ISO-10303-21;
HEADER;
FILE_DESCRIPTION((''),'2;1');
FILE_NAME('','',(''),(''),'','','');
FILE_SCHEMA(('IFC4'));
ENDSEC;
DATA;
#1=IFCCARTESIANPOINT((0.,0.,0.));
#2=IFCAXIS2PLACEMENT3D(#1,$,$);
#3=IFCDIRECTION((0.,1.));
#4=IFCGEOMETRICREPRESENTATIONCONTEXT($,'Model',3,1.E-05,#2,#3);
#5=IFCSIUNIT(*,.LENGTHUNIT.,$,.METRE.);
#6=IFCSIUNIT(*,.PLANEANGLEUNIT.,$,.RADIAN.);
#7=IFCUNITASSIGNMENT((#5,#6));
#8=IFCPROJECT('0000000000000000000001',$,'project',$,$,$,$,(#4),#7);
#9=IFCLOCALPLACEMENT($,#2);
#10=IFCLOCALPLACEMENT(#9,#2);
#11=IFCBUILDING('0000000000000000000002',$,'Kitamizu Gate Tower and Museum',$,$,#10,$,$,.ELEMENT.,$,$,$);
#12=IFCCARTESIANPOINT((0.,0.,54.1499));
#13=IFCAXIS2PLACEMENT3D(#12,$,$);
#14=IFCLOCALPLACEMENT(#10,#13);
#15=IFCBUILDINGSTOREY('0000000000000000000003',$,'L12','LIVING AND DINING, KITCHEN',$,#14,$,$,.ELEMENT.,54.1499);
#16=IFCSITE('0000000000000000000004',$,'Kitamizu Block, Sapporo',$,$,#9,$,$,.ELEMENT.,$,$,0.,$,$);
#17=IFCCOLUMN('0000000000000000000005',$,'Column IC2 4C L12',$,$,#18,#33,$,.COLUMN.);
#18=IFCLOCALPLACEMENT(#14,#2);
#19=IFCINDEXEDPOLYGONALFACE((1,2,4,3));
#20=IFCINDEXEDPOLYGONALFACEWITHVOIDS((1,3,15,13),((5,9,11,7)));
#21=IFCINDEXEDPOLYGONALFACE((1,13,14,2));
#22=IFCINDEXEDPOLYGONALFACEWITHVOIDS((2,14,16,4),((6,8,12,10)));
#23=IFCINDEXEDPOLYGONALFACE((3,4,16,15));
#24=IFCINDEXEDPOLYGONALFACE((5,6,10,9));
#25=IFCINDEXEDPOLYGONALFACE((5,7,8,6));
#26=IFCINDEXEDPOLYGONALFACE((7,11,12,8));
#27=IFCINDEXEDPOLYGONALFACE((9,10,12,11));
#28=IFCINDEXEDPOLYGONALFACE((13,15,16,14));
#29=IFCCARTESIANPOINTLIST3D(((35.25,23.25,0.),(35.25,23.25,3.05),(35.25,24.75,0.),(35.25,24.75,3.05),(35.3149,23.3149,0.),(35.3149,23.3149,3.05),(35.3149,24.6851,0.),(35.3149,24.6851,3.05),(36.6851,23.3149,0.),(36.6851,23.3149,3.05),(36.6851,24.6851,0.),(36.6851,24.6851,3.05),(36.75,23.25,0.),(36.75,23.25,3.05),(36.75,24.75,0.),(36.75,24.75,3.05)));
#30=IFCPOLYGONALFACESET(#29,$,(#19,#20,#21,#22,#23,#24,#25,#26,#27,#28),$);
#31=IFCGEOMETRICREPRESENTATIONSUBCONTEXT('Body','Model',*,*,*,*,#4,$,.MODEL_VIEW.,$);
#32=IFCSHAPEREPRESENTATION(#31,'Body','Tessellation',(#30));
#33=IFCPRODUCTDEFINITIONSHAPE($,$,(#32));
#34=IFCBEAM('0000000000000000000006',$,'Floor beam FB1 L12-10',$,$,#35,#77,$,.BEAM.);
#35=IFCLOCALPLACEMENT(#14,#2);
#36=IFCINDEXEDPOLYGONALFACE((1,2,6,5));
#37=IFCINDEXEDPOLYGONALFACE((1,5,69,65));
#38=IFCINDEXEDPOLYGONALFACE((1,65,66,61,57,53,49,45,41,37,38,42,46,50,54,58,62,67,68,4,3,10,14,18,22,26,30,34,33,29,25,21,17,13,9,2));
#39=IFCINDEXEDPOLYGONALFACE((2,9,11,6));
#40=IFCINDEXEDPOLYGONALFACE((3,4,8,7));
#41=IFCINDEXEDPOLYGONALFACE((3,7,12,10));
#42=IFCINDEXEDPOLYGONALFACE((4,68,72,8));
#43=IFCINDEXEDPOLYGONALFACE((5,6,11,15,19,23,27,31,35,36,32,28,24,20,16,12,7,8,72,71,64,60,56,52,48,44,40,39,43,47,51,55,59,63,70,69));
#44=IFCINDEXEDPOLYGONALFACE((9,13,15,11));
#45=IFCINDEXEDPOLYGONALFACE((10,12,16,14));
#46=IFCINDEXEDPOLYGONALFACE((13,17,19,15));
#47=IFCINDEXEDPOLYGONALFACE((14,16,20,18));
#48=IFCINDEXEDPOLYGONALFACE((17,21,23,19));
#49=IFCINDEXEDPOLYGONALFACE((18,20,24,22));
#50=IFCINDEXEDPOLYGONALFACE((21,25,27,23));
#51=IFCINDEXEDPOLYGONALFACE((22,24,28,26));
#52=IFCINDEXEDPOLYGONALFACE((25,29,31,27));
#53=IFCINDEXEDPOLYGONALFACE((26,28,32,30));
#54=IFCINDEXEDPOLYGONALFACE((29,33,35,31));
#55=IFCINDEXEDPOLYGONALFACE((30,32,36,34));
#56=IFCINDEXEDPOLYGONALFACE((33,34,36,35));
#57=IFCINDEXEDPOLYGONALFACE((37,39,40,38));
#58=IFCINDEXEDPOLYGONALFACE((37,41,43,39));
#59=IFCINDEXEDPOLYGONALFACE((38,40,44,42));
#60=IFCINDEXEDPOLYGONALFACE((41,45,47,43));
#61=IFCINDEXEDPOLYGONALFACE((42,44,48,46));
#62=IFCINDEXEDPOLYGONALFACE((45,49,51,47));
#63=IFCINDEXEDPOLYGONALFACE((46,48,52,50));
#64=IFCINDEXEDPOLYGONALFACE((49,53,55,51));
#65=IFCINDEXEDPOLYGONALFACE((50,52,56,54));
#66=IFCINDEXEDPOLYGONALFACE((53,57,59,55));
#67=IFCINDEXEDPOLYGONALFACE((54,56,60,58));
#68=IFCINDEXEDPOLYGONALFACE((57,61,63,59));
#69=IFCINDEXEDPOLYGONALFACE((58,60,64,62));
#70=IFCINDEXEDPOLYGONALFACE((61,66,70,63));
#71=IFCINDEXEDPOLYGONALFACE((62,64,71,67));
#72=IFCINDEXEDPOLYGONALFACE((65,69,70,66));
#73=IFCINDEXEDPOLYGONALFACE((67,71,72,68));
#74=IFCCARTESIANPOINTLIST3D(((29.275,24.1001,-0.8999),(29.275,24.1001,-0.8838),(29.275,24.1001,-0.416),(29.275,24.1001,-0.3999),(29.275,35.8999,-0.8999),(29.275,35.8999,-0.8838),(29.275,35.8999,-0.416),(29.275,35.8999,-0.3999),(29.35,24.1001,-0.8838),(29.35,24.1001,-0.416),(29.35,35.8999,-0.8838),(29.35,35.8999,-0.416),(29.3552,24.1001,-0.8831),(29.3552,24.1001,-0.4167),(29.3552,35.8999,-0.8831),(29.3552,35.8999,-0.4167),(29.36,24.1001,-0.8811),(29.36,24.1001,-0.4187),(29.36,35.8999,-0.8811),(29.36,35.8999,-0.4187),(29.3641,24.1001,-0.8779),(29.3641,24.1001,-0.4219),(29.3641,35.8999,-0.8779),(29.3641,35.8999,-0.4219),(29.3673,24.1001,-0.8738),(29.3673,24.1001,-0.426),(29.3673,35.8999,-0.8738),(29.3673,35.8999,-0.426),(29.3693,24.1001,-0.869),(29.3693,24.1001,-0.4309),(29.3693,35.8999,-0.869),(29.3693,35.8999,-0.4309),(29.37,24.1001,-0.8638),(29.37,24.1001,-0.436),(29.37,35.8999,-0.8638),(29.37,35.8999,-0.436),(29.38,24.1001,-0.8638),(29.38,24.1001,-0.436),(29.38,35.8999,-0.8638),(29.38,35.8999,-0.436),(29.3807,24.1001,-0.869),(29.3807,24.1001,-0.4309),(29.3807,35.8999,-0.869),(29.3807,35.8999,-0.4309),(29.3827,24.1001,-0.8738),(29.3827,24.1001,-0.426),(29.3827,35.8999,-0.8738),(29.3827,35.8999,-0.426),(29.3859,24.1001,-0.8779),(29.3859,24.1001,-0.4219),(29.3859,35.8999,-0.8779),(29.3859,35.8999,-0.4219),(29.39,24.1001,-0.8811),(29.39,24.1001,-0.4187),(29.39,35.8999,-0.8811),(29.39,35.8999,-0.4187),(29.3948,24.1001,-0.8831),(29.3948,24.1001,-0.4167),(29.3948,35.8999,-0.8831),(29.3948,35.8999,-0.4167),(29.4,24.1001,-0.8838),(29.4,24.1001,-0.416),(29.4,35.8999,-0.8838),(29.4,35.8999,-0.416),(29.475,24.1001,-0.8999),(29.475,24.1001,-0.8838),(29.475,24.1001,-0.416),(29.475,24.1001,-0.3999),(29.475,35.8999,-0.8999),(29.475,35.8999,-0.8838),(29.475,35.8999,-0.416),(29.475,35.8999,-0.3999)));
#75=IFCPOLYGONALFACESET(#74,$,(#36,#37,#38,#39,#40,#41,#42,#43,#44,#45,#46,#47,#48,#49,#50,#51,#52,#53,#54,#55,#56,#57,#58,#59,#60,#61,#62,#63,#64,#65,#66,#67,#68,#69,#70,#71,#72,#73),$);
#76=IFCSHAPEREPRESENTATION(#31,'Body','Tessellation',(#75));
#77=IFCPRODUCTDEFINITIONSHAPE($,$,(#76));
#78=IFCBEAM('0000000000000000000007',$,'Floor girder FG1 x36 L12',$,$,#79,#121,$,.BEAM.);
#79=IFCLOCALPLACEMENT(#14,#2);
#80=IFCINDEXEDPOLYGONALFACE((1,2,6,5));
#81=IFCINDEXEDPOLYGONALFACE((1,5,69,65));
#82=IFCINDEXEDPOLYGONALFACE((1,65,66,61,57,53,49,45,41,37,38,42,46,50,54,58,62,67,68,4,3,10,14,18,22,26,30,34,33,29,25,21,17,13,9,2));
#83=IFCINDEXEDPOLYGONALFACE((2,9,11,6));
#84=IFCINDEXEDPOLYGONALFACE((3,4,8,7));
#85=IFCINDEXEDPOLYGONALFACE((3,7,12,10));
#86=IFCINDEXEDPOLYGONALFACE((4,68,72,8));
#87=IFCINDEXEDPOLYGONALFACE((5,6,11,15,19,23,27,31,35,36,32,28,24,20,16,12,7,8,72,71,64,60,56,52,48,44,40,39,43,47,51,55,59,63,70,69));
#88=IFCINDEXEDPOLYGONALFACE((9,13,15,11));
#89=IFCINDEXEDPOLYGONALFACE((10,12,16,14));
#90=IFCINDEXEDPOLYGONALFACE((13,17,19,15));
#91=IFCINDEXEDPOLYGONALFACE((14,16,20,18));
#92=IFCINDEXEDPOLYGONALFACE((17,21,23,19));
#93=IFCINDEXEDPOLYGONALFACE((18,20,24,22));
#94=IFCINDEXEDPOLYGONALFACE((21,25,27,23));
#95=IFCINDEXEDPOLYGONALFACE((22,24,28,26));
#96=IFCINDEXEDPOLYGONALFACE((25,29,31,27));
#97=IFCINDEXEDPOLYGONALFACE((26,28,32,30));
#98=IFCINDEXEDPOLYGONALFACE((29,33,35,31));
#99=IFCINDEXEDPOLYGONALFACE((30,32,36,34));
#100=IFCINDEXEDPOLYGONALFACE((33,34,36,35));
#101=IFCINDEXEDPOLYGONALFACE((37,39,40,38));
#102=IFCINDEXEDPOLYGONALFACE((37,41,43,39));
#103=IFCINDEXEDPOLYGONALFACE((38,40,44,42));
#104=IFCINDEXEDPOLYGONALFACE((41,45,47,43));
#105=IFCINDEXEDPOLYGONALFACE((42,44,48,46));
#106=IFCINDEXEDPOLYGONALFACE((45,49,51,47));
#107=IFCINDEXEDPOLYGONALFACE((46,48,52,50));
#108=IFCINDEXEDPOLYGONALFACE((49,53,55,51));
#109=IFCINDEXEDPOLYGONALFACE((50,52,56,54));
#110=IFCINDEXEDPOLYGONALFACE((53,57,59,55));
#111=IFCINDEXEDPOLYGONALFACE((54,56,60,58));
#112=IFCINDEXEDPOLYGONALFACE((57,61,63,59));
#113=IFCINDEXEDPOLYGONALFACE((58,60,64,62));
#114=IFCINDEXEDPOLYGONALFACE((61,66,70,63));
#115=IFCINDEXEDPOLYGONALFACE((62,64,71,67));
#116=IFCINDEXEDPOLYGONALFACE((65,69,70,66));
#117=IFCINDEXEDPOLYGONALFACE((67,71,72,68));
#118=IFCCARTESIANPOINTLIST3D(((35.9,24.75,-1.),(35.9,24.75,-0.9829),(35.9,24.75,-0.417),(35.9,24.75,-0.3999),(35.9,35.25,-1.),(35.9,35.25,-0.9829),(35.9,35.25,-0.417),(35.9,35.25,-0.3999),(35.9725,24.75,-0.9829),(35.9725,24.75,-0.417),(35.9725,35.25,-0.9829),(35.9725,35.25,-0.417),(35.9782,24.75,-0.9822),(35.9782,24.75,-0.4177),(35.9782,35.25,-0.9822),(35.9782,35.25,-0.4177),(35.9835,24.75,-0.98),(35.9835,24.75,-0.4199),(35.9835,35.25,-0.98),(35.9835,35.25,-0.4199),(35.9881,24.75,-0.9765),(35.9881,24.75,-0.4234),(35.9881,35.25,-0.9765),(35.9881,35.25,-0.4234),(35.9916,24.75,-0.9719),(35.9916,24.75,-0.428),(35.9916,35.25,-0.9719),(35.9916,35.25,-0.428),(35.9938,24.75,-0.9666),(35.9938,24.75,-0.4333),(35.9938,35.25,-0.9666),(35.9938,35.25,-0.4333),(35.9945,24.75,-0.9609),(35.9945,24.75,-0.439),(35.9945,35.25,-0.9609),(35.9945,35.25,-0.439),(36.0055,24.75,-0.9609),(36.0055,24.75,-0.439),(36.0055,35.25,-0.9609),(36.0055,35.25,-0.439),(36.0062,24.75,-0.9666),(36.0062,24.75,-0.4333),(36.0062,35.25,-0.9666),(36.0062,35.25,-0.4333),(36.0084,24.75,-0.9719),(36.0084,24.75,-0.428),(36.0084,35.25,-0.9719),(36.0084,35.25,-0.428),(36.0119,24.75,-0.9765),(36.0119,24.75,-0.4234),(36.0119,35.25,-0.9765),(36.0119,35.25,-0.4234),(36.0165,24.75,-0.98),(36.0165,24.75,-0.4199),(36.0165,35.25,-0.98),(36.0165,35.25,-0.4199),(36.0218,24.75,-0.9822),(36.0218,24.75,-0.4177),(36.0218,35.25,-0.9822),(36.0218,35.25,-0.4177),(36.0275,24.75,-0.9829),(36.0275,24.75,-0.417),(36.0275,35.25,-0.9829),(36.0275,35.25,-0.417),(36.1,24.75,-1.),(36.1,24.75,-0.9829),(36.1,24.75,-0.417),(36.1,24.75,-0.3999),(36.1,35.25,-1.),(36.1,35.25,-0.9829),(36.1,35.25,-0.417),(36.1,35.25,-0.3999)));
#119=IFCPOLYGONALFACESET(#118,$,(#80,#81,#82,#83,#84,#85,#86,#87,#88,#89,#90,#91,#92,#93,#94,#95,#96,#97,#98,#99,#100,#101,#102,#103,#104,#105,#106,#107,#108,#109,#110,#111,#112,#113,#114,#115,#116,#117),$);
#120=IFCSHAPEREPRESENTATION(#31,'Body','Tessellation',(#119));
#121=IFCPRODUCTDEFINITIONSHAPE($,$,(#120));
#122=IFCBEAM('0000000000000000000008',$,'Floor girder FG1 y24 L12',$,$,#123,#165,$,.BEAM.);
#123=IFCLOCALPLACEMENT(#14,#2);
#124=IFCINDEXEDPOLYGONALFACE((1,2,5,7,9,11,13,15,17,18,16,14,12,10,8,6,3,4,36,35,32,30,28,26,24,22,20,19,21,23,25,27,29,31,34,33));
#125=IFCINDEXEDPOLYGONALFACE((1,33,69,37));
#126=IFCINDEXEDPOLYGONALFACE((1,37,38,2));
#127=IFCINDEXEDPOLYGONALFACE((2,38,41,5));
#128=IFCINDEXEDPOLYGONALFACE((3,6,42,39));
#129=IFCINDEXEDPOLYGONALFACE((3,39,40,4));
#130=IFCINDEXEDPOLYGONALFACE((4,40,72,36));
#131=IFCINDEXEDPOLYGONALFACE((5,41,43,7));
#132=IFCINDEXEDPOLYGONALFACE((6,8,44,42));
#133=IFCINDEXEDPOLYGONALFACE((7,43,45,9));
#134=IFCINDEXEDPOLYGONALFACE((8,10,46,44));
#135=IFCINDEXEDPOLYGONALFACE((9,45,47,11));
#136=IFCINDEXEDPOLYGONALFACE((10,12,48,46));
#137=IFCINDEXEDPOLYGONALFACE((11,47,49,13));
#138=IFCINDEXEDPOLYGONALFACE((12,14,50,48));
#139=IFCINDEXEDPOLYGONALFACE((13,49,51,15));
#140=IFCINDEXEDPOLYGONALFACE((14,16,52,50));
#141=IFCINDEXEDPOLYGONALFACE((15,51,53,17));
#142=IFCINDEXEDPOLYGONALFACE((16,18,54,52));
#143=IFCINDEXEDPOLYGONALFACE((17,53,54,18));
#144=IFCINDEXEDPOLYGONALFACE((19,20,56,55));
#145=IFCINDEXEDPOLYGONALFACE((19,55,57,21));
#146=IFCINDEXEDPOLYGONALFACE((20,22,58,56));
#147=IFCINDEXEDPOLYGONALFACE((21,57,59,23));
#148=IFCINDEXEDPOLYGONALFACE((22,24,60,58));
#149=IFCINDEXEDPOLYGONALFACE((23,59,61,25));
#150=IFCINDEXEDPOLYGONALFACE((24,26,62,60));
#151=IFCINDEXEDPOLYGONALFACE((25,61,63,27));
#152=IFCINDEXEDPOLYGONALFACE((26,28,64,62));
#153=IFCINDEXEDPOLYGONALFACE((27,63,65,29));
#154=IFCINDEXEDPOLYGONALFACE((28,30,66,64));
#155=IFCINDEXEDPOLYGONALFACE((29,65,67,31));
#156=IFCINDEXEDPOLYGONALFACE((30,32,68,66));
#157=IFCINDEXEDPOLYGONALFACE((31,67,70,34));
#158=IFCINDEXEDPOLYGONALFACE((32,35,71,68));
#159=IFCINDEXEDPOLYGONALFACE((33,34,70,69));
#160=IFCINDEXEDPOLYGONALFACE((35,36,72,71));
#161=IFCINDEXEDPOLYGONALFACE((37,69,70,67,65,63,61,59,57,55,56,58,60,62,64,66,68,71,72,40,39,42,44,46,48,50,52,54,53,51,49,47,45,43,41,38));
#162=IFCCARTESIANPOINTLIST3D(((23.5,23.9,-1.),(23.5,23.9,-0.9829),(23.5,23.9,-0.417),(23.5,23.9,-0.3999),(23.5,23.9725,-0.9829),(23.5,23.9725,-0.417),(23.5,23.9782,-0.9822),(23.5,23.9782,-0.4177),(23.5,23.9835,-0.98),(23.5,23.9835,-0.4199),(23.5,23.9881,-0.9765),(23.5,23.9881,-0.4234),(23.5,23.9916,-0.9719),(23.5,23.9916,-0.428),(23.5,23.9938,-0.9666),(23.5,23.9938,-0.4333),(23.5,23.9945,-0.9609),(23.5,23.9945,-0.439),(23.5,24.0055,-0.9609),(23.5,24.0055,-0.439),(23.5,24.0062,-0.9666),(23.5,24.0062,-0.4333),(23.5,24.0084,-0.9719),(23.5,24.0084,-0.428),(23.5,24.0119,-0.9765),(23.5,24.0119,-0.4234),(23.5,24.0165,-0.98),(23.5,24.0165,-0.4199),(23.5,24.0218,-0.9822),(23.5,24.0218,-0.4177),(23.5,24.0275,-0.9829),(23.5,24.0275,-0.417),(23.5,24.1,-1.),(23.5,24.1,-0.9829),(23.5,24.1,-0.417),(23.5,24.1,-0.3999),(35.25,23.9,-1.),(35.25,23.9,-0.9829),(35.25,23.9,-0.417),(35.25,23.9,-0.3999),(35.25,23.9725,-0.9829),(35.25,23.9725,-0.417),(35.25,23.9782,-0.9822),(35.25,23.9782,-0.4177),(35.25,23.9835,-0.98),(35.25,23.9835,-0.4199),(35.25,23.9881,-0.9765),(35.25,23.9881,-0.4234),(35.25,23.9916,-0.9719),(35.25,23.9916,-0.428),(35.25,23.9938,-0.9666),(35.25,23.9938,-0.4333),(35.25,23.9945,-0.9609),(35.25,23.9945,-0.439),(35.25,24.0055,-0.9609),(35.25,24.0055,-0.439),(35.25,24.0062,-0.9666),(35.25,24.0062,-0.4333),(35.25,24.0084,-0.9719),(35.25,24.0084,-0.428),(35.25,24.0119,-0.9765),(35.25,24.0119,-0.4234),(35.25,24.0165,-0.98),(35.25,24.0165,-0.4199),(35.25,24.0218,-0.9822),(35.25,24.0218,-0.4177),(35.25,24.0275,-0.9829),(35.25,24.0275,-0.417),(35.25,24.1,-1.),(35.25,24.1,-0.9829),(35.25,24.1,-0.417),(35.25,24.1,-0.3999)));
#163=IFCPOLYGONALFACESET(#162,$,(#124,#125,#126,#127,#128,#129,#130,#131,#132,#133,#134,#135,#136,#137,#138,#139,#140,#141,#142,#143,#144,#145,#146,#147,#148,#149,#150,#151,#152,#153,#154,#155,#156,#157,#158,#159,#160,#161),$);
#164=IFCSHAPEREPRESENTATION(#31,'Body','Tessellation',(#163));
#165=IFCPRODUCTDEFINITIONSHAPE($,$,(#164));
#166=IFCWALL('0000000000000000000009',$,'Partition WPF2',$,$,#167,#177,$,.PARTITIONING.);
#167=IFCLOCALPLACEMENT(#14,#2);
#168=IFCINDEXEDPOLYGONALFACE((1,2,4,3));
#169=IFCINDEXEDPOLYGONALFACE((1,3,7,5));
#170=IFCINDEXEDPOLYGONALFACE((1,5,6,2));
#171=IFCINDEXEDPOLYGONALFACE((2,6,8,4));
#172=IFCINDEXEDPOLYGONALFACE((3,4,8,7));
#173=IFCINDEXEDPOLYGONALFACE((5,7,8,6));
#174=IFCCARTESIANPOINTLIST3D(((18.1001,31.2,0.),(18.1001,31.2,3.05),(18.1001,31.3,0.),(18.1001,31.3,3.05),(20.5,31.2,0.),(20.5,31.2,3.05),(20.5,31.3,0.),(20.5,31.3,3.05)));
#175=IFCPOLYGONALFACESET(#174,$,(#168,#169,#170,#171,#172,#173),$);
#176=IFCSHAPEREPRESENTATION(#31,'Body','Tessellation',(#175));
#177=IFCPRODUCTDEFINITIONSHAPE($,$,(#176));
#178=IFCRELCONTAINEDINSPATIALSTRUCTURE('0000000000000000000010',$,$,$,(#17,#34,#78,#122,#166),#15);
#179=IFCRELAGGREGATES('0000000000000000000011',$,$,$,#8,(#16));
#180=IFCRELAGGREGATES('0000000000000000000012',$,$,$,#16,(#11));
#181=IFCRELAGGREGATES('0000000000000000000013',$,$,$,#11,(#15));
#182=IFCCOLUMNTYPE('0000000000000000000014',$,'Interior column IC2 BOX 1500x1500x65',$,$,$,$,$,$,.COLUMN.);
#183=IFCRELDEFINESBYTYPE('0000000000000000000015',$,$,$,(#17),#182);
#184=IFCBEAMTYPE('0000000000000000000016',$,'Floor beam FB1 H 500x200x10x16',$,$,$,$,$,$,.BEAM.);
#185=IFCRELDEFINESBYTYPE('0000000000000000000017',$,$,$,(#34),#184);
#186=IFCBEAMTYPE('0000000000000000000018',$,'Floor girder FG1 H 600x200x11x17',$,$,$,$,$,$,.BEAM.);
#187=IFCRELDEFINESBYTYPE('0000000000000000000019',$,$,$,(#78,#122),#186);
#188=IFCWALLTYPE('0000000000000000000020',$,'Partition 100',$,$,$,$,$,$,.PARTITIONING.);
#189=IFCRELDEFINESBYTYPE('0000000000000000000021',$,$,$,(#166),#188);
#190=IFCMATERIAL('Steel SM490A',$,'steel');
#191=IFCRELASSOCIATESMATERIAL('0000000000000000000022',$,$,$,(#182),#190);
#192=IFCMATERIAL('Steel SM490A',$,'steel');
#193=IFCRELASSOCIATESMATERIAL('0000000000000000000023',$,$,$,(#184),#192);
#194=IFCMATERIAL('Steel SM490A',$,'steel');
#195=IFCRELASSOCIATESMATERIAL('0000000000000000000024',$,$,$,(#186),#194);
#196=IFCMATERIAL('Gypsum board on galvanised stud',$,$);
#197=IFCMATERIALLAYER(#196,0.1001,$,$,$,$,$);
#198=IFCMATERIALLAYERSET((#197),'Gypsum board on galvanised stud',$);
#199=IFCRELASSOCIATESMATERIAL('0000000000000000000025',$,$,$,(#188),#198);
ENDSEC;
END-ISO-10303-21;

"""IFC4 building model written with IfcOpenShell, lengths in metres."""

from ifc_helpers import new_model, si_unit, direction, frame, frame_2d, origin, origin_2d, place, context, subcontext, project, spatial, rectangle, hollow_rectangle, i_section, extrude, material, layer, layer_set, material_profile, profile_set, type_object, element, save


model = new_model("IFC4")

# Units and contexts
model_context = context("Model", 3, precision=1e-05, world=origin(), true_north=direction((0.0, 1.0)))
body_context = subcontext(model_context, "Body", "Model", "MODEL_VIEW")
ifc_project = project(units=[si_unit("LENGTHUNIT", "METRE"), si_unit("PLANEANGLEUNIT", "RADIAN")], contexts=[model_context])

# Site, building, storey
site_placement = place(None, origin())
site = spatial("IfcSite", under=ifc_project, at=site_placement, Name="Kitamizu Block, Sapporo", CompositionType="ELEMENT", RefElevation=0.0)
building_placement = place(site_placement, origin())
building = spatial("IfcBuilding", under=site, at=building_placement, Name="Kitamizu Gate Tower and Museum", CompositionType="ELEMENT")
storey_placement = place(building_placement, frame((0.0, 0.0, 54.1499)))
storey = spatial("IfcBuildingStorey", under=building, at=storey_placement, Name="L12", Description="LIVING AND DINING, KITCHEN", CompositionType="ELEMENT", Elevation=54.1499)

# Column
ifc_material_1 = material(Name="Steel SM490A", Category="steel")
ifc_material_profile_1 = material_profile(ifc_material_1, hollow_rectangle(XDim=1.5, YDim=1.5, WallThickness=0.0649, at=origin_2d()), Name="BOX 1500x1500x65")
ifc_profile_set_1 = profile_set([ifc_material_profile_1], Name="Steel SM490A")
column_type = type_object("IfcColumnType", Name="Interior column IC2 BOX 1500x1500x65", PredefinedType="COLUMN", material=ifc_profile_set_1)
column_placement = place(storey_placement, frame((36.0, 24.0, 0.0), z_axis=(0.0, 0.0, 1.0), x_axis=(1.0, 0.0, 0.0)))
element("IfcColumn", 1, at=column_placement, inside=storey, type_object=column_type, Name="Column IC2 4C L12", PredefinedType="COLUMN", context=body_context, shape_type="SweptSolid", body=[
    extrude(hollow_rectangle(XDim=1.5, YDim=1.5, WallThickness=0.0649, at=origin_2d()), origin(), (0.0, 0.0, 1.0), 3.05),
])

# Beams
ifc_material_2 = material(Name="Steel SM490A", Category="steel")
ifc_material_profile_2 = material_profile(ifc_material_2, i_section(OverallWidth=0.2, OverallDepth=0.5, WebThickness=0.01, FlangeThickness=0.0161, FilletRadius=0.02, at=origin_2d()), Name="H-500x200x10x16")
ifc_profile_set_2 = profile_set([ifc_material_profile_2], Name="Steel SM490A")
beam_type_1 = type_object("IfcBeamType", Name="Floor beam FB1 H 500x200x10x16", PredefinedType="BEAM", material=ifc_profile_set_2)
beam_1_placement = place(storey_placement, frame((29.375, 24.1001, -0.6499), z_axis=(0.0, 1.0, 0.0), x_axis=(-1.0, 0.0, 0.0)))
element("IfcBeam", 2, at=beam_1_placement, inside=storey, type_object=beam_type_1, Name="Floor beam FB1 L12-10", PredefinedType="BEAM", context=body_context, shape_type="SweptSolid", body=[
    extrude(i_section(OverallWidth=0.2, OverallDepth=0.5, WebThickness=0.01, FlangeThickness=0.0161, FilletRadius=0.02, at=origin_2d()), origin(), (0.0, 0.0, 1.0), 11.7998),
])
ifc_material_3 = material(Name="Steel SM490A", Category="steel")
ifc_material_profile_3 = material_profile(ifc_material_3, i_section(OverallWidth=0.2, OverallDepth=0.6001, WebThickness=0.011, FlangeThickness=0.0171, FilletRadius=0.022, at=origin_2d()), Name="H-600x200x11x17")
ifc_profile_set_3 = profile_set([ifc_material_profile_3], Name="Steel SM490A")
beam_type_2 = type_object("IfcBeamType", Name="Floor girder FG1 H 600x200x11x17", PredefinedType="BEAM", material=ifc_profile_set_3)
beam_2_placement = place(storey_placement, frame((36.0, 24.75, -0.7), z_axis=(0.0, 1.0, 0.0), x_axis=(-1.0, 0.0, 0.0)))
element("IfcBeam", 3, at=beam_2_placement, inside=storey, type_object=beam_type_2, Name="Floor girder FG1 x36 L12", PredefinedType="BEAM", context=body_context, shape_type="SweptSolid", body=[
    extrude(i_section(OverallWidth=0.2, OverallDepth=0.6001, WebThickness=0.011, FlangeThickness=0.0171, FilletRadius=0.022, at=origin_2d()), origin(), (0.0, 0.0, 1.0), 10.5),
])
beam_3_placement = place(storey_placement, frame((23.5, 24.0, -0.7), z_axis=(1.0, 0.0, 0.0), x_axis=(0.0, 1.0, 0.0)))
element("IfcBeam", 4, at=beam_3_placement, inside=storey, type_object=beam_type_2, Name="Floor girder FG1 y24 L12", PredefinedType="BEAM", context=body_context, shape_type="SweptSolid", body=[
    extrude(i_section(OverallWidth=0.2, OverallDepth=0.6001, WebThickness=0.011, FlangeThickness=0.0171, FilletRadius=0.022, at=origin_2d()), origin(), (0.0, 0.0, 1.0), 11.75),
])

# Wall
ifc_material_4 = material(Name="Gypsum board on galvanised stud")
ifc_layer_1 = layer(ifc_material_4, 0.1001)
ifc_layer_set_1 = layer_set([ifc_layer_1], Name="Gypsum board on galvanised stud")
wall_type_1 = type_object("IfcWallType", Name="Partition 100", PredefinedType="PARTITIONING", material=ifc_layer_set_1)
wall_1_placement = place(storey_placement, frame((18.1001, 31.25, 0.0), z_axis=(0.0, 0.0, 1.0), x_axis=(1.0, 0.0, 0.0)))
element("IfcWall", 5, at=wall_1_placement, inside=storey, type_object=wall_type_1, Name="Partition WPF2", PredefinedType="PARTITIONING", context=body_context, shape_type="SweptSolid", body=[
    extrude(rectangle(XDim=2.3999, YDim=0.1001, at=frame_2d((1.2, 0.0))), origin(), (0.0, 0.0, 1.0), 3.05),
])

save(model, "model.ifc")
